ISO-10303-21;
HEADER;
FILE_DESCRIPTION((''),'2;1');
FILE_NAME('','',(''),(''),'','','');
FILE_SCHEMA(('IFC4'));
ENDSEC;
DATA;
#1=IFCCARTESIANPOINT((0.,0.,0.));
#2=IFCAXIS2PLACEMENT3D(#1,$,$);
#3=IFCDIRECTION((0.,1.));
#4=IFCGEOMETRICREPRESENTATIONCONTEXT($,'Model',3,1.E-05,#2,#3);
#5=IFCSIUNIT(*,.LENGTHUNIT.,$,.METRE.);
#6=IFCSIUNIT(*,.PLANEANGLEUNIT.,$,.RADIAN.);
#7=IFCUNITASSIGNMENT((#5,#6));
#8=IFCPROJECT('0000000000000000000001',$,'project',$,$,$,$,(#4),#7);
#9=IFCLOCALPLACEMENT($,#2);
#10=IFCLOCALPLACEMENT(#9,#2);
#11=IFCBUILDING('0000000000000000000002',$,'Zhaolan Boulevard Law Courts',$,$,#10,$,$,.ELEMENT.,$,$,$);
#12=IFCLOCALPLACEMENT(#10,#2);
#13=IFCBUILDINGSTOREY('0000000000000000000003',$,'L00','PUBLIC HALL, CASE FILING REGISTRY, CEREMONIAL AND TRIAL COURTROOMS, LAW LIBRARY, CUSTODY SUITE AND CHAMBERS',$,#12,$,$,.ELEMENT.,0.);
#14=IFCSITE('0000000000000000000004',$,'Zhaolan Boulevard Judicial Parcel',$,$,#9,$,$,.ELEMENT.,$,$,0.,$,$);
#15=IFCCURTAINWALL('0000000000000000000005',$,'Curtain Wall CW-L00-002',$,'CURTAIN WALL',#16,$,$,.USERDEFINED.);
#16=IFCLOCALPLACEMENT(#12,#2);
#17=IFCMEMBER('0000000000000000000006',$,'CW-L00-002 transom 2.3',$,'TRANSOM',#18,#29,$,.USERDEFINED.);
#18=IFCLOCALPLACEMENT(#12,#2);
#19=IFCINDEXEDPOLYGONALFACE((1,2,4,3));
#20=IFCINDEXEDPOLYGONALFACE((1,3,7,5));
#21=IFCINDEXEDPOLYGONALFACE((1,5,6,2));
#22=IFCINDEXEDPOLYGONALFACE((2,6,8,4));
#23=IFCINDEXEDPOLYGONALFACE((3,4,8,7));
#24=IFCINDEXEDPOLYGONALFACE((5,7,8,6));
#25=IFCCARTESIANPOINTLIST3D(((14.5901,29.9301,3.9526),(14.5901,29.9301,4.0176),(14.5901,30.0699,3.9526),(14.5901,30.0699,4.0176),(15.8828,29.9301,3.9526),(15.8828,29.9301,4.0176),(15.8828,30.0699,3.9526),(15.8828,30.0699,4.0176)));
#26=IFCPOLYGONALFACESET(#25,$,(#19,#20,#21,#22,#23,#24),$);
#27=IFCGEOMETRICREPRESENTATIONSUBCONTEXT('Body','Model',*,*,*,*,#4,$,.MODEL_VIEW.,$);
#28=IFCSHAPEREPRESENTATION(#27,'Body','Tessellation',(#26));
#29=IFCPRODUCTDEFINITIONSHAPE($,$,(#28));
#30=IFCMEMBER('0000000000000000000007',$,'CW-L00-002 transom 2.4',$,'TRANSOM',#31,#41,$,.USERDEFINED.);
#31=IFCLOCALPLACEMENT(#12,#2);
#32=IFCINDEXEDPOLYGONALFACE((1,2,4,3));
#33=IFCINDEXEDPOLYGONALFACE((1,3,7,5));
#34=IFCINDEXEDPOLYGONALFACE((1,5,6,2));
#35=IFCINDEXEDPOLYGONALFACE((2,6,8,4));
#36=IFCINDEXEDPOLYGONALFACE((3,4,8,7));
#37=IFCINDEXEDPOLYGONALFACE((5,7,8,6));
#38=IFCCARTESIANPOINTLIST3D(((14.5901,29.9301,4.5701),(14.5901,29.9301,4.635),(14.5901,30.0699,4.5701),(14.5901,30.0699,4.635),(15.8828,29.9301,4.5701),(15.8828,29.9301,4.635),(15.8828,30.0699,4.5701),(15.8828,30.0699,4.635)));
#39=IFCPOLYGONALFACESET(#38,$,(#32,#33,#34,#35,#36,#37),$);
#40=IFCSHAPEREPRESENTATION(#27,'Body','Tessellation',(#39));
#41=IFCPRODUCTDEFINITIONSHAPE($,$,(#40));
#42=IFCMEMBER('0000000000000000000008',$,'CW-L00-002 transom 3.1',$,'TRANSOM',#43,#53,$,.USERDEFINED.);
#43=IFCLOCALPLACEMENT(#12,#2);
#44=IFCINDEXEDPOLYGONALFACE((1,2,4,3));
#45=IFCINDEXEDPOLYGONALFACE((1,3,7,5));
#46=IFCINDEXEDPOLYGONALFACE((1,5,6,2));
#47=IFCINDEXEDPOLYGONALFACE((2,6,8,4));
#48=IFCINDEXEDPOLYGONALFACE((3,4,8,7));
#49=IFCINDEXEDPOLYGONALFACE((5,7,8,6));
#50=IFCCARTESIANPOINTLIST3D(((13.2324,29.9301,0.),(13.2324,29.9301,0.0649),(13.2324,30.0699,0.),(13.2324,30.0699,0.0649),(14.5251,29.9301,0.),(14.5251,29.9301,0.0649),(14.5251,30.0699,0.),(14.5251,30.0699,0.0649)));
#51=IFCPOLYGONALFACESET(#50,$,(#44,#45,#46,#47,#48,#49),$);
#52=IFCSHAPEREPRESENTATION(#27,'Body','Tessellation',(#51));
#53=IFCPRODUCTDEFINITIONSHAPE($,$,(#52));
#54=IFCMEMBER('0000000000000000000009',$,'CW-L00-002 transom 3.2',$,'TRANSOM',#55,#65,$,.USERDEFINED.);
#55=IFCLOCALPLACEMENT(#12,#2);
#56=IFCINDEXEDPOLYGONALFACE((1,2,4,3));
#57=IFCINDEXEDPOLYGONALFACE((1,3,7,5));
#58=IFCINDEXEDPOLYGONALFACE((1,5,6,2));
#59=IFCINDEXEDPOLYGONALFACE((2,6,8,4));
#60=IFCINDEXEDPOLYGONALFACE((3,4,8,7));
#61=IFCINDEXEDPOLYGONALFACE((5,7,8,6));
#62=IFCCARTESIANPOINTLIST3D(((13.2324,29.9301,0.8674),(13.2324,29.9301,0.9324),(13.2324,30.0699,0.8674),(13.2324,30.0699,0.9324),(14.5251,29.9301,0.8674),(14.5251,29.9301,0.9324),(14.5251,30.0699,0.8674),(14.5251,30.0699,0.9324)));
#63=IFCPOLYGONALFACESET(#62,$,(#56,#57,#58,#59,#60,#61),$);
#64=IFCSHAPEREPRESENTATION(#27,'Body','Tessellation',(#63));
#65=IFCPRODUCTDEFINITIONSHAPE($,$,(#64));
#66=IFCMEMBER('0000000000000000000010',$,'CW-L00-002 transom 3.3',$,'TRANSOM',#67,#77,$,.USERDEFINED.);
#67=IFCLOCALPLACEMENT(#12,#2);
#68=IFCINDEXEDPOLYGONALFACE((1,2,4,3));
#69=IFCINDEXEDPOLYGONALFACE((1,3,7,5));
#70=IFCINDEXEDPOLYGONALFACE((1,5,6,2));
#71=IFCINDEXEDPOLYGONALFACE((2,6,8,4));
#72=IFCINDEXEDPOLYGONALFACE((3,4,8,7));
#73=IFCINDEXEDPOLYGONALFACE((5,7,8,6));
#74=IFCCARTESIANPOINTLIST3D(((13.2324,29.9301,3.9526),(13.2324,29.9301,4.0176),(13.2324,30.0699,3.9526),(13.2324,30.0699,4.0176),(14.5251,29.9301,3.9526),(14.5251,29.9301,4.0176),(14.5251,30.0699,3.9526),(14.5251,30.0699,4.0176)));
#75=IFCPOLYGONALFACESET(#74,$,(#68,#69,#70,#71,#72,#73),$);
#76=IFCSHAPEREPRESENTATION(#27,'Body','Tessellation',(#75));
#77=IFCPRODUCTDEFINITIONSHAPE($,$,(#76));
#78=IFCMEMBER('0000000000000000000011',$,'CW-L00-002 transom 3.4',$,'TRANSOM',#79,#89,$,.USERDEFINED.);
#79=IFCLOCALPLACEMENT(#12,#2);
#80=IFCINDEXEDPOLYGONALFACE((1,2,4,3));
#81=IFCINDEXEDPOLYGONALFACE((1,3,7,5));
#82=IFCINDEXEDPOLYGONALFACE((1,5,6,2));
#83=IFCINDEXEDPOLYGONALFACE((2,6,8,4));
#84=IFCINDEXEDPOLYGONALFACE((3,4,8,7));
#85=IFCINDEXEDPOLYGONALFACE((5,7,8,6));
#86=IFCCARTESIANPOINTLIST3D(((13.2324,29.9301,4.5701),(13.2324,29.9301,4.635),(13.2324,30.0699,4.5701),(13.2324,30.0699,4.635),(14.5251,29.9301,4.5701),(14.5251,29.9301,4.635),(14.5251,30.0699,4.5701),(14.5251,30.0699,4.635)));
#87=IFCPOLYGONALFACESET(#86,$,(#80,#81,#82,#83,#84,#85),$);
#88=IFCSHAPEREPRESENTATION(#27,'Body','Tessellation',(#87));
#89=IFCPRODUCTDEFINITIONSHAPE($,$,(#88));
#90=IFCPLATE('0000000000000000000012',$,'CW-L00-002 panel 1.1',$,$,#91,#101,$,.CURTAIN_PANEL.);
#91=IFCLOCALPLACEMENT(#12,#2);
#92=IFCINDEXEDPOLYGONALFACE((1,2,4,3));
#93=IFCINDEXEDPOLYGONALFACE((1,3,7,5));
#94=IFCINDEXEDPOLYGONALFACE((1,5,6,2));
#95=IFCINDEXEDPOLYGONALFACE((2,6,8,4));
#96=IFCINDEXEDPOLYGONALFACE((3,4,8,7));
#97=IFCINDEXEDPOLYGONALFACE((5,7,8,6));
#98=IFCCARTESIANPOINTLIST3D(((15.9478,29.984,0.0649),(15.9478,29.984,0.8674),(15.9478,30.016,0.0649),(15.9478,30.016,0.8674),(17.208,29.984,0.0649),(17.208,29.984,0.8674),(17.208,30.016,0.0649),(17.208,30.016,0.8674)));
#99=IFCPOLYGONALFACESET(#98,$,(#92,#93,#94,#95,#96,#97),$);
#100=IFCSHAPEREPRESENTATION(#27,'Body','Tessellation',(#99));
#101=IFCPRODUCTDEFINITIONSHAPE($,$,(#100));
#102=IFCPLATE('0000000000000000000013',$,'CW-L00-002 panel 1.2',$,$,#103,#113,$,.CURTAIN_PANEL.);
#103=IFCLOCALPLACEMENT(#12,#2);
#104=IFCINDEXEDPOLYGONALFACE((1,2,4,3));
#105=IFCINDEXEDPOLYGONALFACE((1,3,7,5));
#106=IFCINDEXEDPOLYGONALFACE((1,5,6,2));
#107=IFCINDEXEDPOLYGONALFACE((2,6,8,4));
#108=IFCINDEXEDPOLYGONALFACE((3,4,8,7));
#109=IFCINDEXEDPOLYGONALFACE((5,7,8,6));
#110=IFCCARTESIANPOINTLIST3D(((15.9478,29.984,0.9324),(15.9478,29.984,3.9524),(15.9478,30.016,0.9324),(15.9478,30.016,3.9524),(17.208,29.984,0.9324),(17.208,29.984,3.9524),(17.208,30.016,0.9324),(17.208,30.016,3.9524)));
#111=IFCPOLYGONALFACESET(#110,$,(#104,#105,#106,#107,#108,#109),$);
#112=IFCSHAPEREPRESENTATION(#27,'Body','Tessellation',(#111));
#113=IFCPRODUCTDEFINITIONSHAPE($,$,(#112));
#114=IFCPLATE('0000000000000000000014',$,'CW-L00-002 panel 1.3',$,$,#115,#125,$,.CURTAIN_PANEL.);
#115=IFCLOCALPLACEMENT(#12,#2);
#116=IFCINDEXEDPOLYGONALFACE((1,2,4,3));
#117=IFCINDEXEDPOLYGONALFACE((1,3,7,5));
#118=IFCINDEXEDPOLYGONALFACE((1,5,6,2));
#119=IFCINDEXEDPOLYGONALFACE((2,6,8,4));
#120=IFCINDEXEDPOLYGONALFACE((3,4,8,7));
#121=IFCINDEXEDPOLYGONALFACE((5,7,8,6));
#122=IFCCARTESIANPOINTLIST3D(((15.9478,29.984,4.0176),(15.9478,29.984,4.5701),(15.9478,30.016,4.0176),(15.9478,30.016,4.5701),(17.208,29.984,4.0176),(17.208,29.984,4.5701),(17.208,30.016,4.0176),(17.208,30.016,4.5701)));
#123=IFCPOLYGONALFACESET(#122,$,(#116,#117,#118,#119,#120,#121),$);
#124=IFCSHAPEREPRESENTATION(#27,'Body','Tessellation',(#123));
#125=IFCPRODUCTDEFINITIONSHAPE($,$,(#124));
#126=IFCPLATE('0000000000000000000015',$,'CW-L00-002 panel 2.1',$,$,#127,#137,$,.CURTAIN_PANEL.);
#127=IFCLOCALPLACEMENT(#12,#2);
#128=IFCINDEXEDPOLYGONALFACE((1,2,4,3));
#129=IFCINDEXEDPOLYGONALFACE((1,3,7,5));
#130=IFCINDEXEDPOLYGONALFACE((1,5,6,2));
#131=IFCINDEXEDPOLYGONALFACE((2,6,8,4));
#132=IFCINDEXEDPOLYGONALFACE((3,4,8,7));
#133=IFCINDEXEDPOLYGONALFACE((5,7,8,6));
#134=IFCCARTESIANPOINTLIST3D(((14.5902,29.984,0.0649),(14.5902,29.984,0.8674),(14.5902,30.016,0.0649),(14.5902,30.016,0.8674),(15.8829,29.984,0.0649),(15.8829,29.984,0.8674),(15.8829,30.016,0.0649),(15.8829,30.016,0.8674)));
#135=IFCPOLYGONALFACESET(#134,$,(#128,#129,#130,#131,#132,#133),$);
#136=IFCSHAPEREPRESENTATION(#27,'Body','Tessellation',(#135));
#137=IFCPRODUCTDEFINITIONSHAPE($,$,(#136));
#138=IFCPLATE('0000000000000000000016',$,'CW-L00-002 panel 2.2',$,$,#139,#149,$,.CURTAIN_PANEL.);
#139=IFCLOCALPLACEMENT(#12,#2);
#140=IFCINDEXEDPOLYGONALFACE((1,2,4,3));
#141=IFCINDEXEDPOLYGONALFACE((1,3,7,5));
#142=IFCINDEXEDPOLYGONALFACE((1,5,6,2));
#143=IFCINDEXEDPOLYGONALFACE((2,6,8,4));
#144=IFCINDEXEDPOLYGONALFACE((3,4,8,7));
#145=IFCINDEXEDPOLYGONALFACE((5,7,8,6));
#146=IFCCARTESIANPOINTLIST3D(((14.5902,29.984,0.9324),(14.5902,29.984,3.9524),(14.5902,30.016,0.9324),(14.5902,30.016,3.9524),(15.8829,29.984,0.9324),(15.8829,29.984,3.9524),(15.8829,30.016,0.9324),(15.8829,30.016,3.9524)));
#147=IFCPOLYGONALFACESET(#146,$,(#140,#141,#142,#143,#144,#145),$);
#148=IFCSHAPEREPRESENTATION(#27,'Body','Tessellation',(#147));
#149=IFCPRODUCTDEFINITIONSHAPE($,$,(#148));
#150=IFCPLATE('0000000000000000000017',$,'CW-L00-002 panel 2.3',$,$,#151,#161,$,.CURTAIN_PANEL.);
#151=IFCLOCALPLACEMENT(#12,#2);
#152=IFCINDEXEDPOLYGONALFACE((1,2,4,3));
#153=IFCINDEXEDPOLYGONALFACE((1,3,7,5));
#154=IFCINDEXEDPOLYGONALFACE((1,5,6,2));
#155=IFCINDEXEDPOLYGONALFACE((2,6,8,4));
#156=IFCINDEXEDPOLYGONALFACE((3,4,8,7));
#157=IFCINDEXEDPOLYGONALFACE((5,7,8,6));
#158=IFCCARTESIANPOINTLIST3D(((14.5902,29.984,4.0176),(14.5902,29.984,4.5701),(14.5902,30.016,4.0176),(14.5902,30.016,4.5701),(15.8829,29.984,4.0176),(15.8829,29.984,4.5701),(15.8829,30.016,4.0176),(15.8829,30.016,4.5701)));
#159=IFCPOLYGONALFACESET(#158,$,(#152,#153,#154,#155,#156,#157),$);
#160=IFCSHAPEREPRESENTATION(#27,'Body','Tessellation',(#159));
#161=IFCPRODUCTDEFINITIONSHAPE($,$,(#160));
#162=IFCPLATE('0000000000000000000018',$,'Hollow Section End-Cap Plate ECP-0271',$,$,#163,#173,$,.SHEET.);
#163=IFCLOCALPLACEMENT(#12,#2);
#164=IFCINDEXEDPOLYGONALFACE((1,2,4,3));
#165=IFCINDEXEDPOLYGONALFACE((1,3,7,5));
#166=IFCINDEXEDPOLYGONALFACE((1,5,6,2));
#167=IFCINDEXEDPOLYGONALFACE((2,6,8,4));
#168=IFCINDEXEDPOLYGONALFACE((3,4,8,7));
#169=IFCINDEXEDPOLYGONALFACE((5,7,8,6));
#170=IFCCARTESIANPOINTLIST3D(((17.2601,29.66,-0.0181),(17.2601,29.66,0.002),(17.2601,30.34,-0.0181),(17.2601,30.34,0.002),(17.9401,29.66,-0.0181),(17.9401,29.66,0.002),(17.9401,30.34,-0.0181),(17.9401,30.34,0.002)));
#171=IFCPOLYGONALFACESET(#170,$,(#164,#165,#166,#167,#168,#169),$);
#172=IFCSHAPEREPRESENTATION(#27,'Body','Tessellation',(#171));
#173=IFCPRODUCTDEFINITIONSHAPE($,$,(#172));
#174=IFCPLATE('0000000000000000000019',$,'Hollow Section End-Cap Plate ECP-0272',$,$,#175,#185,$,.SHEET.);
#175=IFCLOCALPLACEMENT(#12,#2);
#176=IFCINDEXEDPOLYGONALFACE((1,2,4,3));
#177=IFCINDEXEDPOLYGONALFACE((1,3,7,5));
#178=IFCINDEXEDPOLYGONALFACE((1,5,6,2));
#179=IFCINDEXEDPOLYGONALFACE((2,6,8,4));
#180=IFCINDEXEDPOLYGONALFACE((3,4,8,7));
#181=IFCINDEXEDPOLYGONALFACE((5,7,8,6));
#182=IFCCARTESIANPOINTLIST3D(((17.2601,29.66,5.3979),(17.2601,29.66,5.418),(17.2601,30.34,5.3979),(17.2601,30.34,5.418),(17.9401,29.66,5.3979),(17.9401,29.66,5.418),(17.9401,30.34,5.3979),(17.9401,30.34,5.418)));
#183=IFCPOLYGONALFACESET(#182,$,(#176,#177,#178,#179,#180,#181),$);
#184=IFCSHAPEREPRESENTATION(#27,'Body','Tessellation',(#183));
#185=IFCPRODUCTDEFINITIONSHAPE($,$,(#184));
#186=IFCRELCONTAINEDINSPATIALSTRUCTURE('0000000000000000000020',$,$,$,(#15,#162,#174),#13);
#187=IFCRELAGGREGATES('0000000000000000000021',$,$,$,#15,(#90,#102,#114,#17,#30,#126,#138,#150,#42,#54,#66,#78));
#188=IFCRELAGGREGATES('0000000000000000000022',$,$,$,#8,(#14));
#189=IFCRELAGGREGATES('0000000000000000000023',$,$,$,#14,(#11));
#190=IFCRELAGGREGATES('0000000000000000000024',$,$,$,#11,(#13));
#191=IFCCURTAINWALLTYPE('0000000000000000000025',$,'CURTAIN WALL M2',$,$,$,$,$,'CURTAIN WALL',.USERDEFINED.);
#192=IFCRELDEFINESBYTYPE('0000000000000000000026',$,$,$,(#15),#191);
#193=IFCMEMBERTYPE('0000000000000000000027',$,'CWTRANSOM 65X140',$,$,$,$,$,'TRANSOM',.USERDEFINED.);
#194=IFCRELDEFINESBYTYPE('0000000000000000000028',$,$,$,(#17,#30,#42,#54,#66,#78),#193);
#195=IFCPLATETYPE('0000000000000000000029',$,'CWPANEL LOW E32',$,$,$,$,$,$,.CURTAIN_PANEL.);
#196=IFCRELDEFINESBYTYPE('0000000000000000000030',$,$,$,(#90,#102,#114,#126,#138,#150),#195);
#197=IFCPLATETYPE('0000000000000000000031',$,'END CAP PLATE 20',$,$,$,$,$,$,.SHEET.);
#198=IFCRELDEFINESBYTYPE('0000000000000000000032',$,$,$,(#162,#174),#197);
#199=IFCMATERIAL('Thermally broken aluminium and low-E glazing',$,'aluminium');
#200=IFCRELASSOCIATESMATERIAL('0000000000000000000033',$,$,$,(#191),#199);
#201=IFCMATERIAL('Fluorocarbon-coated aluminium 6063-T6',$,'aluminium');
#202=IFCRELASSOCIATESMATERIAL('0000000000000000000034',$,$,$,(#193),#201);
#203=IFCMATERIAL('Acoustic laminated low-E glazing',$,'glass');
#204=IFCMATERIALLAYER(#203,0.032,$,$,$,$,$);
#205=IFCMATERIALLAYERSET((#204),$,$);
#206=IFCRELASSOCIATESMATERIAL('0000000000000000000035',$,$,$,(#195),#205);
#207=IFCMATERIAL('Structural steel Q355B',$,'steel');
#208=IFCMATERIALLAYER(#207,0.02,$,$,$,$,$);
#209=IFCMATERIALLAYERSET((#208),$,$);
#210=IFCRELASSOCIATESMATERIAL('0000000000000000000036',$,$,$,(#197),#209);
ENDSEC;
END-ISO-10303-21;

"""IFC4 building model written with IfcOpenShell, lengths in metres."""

from ifc_helpers import new_model, si_unit, direction, frame, origin, origin_2d, place, context, subcontext, project, spatial, rectangle, extrude, material, layer, layer_set, material_profile, profile_set, type_object, element, aggregate, save


model = new_model("IFC4")

# Units and contexts
model_context = context("Model", 3, precision=1e-05, world=origin(), true_north=direction((0.0, 1.0)))
body_context = subcontext(model_context, "Body", "Model", "MODEL_VIEW")
ifc_project = project(units=[si_unit("LENGTHUNIT", "METRE"), si_unit("PLANEANGLEUNIT", "RADIAN")], contexts=[model_context])

# Site, building, storey
site_placement = place(None, origin())
site = spatial("IfcSite", under=ifc_project, at=site_placement, Name="Zhaolan Boulevard Judicial Parcel", CompositionType="ELEMENT", RefElevation=0.0)
building_placement = place(site_placement, origin())
building = spatial("IfcBuilding", under=site, at=building_placement, Name="Zhaolan Boulevard Law Courts", CompositionType="ELEMENT")
storey_placement = place(building_placement, origin())
storey = spatial("IfcBuildingStorey", under=building, at=storey_placement, Name="L00", Description="PUBLIC HALL, CASE FILING REGISTRY, CEREMONIAL AND TRIAL COURTROOMS, LAW LIBRARY, CUSTODY SUITE AND CHAMBERS", CompositionType="ELEMENT", Elevation=0.0)

# Curtain wall, members, plates
ifc_material_1 = material(Name="Thermally broken aluminium and low-E glazing", Category="aluminium")
curtain_wall_type = type_object("IfcCurtainWallType", Name="CURTAIN WALL M2", ElementType="CURTAIN WALL", PredefinedType="USERDEFINED", material=ifc_material_1)
curtain_wall_placement = place(storey_placement, origin())
curtain_wall = element("IfcCurtainWall", 1, at=curtain_wall_placement, inside=storey, type_object=curtain_wall_type, Name="Curtain Wall CW-L00-002", ObjectType="CURTAIN WALL", PredefinedType="USERDEFINED")
ifc_material_2 = material(Name="Fluorocarbon-coated aluminium 6063-T6", Category="aluminium")
ifc_material_profile_1 = material_profile(ifc_material_2, rectangle(XDim=0.1399, YDim=0.0649, at=origin_2d()), Name="AL65x140")
ifc_profile_set_1 = profile_set([ifc_material_profile_1], Name="Fluorocarbon-coated aluminium 6063-T6")
member_type_1 = type_object("IfcMemberType", Name="CWTRANSOM 65X140", ElementType="TRANSOM", PredefinedType="USERDEFINED", material=ifc_profile_set_1)
member_1_placement = place(storey_placement, frame((15.8828, 30.0, 3.9851), z_axis=(-1.0, 0.0, 0.0), x_axis=(0.0, -1.0, 0.0)))
member_1 = element("IfcMember", 2, at=member_1_placement, type_object=member_type_1, Name="CW-L00-002 transom 2.3", ObjectType="TRANSOM", PredefinedType="USERDEFINED", context=body_context, shape_type="SweptSolid", body=[
    extrude(rectangle(XDim=0.1399, YDim=0.0649, at=origin_2d()), origin(), (0.0, 0.0, 1.0), 1.2927),
])
member_2_placement = place(storey_placement, frame((15.8828, 30.0, 4.6025), z_axis=(-1.0, 0.0, 0.0), x_axis=(0.0, -1.0, 0.0)))
member_2 = element("IfcMember", 3, at=member_2_placement, type_object=member_type_1, Name="CW-L00-002 transom 2.4", ObjectType="TRANSOM", PredefinedType="USERDEFINED", context=body_context, shape_type="SweptSolid", body=[
    extrude(rectangle(XDim=0.1399, YDim=0.0649, at=origin_2d()), origin(), (0.0, 0.0, 1.0), 1.2927),
])
member_3_placement = place(storey_placement, frame((14.5251, 30.0, 0.0325), z_axis=(-1.0, 0.0, 0.0), x_axis=(0.0, -1.0, 0.0)))
member_3 = element("IfcMember", 4, at=member_3_placement, type_object=member_type_1, Name="CW-L00-002 transom 3.1", ObjectType="TRANSOM", PredefinedType="USERDEFINED", context=body_context, shape_type="SweptSolid", body=[
    extrude(rectangle(XDim=0.1399, YDim=0.0649, at=origin_2d()), origin(), (0.0, 0.0, 1.0), 1.2927),
])
member_4_placement = place(storey_placement, frame((14.5251, 30.0, 0.8999), z_axis=(-1.0, 0.0, 0.0), x_axis=(0.0, -1.0, 0.0)))
member_4 = element("IfcMember", 5, at=member_4_placement, type_object=member_type_1, Name="CW-L00-002 transom 3.2", ObjectType="TRANSOM", PredefinedType="USERDEFINED", context=body_context, shape_type="SweptSolid", body=[
    extrude(rectangle(XDim=0.1399, YDim=0.0649, at=origin_2d()), origin(), (0.0, 0.0, 1.0), 1.2927),
])
member_5_placement = place(storey_placement, frame((14.5251, 30.0, 3.9851), z_axis=(-1.0, 0.0, 0.0), x_axis=(0.0, -1.0, 0.0)))
member_5 = element("IfcMember", 6, at=member_5_placement, type_object=member_type_1, Name="CW-L00-002 transom 3.3", ObjectType="TRANSOM", PredefinedType="USERDEFINED", context=body_context, shape_type="SweptSolid", body=[
    extrude(rectangle(XDim=0.1399, YDim=0.0649, at=origin_2d()), origin(), (0.0, 0.0, 1.0), 1.2927),
])
member_6_placement = place(storey_placement, frame((14.5251, 30.0, 4.6025), z_axis=(-1.0, 0.0, 0.0), x_axis=(0.0, -1.0, 0.0)))
member_6 = element("IfcMember", 7, at=member_6_placement, type_object=member_type_1, Name="CW-L00-002 transom 3.4", ObjectType="TRANSOM", PredefinedType="USERDEFINED", context=body_context, shape_type="SweptSolid", body=[
    extrude(rectangle(XDim=0.1399, YDim=0.0649, at=origin_2d()), origin(), (0.0, 0.0, 1.0), 1.2927),
])
ifc_material_3 = material(Name="Acoustic laminated low-E glazing", Category="glass")
ifc_layer_1 = layer(ifc_material_3, 0.032)
ifc_layer_set_1 = layer_set([ifc_layer_1])
plate_type_1 = type_object("IfcPlateType", Name="CWPANEL LOW E32", PredefinedType="CURTAIN_PANEL", material=ifc_layer_set_1)
plate_1_placement = place(storey_placement, frame((16.5779, 30.0, 0.0649), z_axis=(0.0, 0.0, 1.0), x_axis=(-1.0, 0.0, 0.0)))
plate_1 = element("IfcPlate", 8, at=plate_1_placement, type_object=plate_type_1, Name="CW-L00-002 panel 1.1", PredefinedType="CURTAIN_PANEL", context=body_context, shape_type="SweptSolid", body=[
    extrude(rectangle(XDim=1.2603, YDim=0.032, at=origin_2d()), origin(), (0.0, 0.0, 1.0), 0.8025),
])
plate_2_placement = place(storey_placement, frame((16.5779, 30.0, 0.9324), z_axis=(0.0, 0.0, 1.0), x_axis=(-1.0, 0.0, 0.0)))
plate_2 = element("IfcPlate", 9, at=plate_2_placement, type_object=plate_type_1, Name="CW-L00-002 panel 1.2", PredefinedType="CURTAIN_PANEL", context=body_context, shape_type="SweptSolid", body=[
    extrude(rectangle(XDim=1.2603, YDim=0.032, at=origin_2d()), origin(), (0.0, 0.0, 1.0), 3.02),
])
plate_3_placement = place(storey_placement, frame((16.5779, 30.0, 4.0176), z_axis=(0.0, 0.0, 1.0), x_axis=(-1.0, 0.0, 0.0)))
plate_3 = element("IfcPlate", 10, at=plate_3_placement, type_object=plate_type_1, Name="CW-L00-002 panel 1.3", PredefinedType="CURTAIN_PANEL", context=body_context, shape_type="SweptSolid", body=[
    extrude(rectangle(XDim=1.2603, YDim=0.032, at=origin_2d()), origin(), (0.0, 0.0, 1.0), 0.5525),
])
plate_4_placement = place(storey_placement, frame((15.2366, 30.0, 0.0649), z_axis=(0.0, 0.0, 1.0), x_axis=(-1.0, 0.0, 0.0)))
plate_4 = element("IfcPlate", 11, at=plate_4_placement, type_object=plate_type_1, Name="CW-L00-002 panel 2.1", PredefinedType="CURTAIN_PANEL", context=body_context, shape_type="SweptSolid", body=[
    extrude(rectangle(XDim=1.2927, YDim=0.032, at=origin_2d()), origin(), (0.0, 0.0, 1.0), 0.8025),
])
plate_5_placement = place(storey_placement, frame((15.2366, 30.0, 0.9324), z_axis=(0.0, 0.0, 1.0), x_axis=(-1.0, 0.0, 0.0)))
plate_5 = element("IfcPlate", 12, at=plate_5_placement, type_object=plate_type_1, Name="CW-L00-002 panel 2.2", PredefinedType="CURTAIN_PANEL", context=body_context, shape_type="SweptSolid", body=[
    extrude(rectangle(XDim=1.2927, YDim=0.032, at=origin_2d()), origin(), (0.0, 0.0, 1.0), 3.02),
])
plate_6_placement = place(storey_placement, frame((15.2366, 30.0, 4.0176), z_axis=(0.0, 0.0, 1.0), x_axis=(-1.0, 0.0, 0.0)))
plate_6 = element("IfcPlate", 13, at=plate_6_placement, type_object=plate_type_1, Name="CW-L00-002 panel 2.3", PredefinedType="CURTAIN_PANEL", context=body_context, shape_type="SweptSolid", body=[
    extrude(rectangle(XDim=1.2927, YDim=0.032, at=origin_2d()), origin(), (0.0, 0.0, 1.0), 0.5525),
])
aggregate(curtain_wall, [plate_1, plate_2, plate_3, member_1, member_2, plate_4, plate_5, plate_6, member_3, member_4, member_5, member_6])

# Plates
ifc_material_4 = material(Name="Structural steel Q355B", Category="steel")
ifc_layer_2 = layer(ifc_material_4, 0.02)
ifc_layer_set_2 = layer_set([ifc_layer_2])
plate_type_2 = type_object("IfcPlateType", Name="END CAP PLATE 20", PredefinedType="SHEET", material=ifc_layer_set_2)
for number, where, z_axis, x_axis, name in (
    (14, (17.6001, 30.0, -0.0181), (0.0, 0.0, 1.0), (1.0, 0.0, 0.0), "Hollow Section End-Cap Plate ECP-0271"),
    (15, (17.6001, 30.0, 5.3979), (0.0, 0.0, 1.0), (1.0, 0.0, 0.0), "Hollow Section End-Cap Plate ECP-0272"),
):
    element("IfcPlate", number, at=place(storey_placement, frame(where, z_axis=z_axis, x_axis=x_axis)), inside=storey, type_object=plate_type_2, Name=name, PredefinedType="SHEET", context=body_context, shape_type="SweptSolid", body=[
        extrude(rectangle(XDim=0.6799, YDim=0.6799, at=origin_2d()), origin(), (0.0, 0.0, 1.0), 0.02),
    ])

save(model, "model.ifc")
